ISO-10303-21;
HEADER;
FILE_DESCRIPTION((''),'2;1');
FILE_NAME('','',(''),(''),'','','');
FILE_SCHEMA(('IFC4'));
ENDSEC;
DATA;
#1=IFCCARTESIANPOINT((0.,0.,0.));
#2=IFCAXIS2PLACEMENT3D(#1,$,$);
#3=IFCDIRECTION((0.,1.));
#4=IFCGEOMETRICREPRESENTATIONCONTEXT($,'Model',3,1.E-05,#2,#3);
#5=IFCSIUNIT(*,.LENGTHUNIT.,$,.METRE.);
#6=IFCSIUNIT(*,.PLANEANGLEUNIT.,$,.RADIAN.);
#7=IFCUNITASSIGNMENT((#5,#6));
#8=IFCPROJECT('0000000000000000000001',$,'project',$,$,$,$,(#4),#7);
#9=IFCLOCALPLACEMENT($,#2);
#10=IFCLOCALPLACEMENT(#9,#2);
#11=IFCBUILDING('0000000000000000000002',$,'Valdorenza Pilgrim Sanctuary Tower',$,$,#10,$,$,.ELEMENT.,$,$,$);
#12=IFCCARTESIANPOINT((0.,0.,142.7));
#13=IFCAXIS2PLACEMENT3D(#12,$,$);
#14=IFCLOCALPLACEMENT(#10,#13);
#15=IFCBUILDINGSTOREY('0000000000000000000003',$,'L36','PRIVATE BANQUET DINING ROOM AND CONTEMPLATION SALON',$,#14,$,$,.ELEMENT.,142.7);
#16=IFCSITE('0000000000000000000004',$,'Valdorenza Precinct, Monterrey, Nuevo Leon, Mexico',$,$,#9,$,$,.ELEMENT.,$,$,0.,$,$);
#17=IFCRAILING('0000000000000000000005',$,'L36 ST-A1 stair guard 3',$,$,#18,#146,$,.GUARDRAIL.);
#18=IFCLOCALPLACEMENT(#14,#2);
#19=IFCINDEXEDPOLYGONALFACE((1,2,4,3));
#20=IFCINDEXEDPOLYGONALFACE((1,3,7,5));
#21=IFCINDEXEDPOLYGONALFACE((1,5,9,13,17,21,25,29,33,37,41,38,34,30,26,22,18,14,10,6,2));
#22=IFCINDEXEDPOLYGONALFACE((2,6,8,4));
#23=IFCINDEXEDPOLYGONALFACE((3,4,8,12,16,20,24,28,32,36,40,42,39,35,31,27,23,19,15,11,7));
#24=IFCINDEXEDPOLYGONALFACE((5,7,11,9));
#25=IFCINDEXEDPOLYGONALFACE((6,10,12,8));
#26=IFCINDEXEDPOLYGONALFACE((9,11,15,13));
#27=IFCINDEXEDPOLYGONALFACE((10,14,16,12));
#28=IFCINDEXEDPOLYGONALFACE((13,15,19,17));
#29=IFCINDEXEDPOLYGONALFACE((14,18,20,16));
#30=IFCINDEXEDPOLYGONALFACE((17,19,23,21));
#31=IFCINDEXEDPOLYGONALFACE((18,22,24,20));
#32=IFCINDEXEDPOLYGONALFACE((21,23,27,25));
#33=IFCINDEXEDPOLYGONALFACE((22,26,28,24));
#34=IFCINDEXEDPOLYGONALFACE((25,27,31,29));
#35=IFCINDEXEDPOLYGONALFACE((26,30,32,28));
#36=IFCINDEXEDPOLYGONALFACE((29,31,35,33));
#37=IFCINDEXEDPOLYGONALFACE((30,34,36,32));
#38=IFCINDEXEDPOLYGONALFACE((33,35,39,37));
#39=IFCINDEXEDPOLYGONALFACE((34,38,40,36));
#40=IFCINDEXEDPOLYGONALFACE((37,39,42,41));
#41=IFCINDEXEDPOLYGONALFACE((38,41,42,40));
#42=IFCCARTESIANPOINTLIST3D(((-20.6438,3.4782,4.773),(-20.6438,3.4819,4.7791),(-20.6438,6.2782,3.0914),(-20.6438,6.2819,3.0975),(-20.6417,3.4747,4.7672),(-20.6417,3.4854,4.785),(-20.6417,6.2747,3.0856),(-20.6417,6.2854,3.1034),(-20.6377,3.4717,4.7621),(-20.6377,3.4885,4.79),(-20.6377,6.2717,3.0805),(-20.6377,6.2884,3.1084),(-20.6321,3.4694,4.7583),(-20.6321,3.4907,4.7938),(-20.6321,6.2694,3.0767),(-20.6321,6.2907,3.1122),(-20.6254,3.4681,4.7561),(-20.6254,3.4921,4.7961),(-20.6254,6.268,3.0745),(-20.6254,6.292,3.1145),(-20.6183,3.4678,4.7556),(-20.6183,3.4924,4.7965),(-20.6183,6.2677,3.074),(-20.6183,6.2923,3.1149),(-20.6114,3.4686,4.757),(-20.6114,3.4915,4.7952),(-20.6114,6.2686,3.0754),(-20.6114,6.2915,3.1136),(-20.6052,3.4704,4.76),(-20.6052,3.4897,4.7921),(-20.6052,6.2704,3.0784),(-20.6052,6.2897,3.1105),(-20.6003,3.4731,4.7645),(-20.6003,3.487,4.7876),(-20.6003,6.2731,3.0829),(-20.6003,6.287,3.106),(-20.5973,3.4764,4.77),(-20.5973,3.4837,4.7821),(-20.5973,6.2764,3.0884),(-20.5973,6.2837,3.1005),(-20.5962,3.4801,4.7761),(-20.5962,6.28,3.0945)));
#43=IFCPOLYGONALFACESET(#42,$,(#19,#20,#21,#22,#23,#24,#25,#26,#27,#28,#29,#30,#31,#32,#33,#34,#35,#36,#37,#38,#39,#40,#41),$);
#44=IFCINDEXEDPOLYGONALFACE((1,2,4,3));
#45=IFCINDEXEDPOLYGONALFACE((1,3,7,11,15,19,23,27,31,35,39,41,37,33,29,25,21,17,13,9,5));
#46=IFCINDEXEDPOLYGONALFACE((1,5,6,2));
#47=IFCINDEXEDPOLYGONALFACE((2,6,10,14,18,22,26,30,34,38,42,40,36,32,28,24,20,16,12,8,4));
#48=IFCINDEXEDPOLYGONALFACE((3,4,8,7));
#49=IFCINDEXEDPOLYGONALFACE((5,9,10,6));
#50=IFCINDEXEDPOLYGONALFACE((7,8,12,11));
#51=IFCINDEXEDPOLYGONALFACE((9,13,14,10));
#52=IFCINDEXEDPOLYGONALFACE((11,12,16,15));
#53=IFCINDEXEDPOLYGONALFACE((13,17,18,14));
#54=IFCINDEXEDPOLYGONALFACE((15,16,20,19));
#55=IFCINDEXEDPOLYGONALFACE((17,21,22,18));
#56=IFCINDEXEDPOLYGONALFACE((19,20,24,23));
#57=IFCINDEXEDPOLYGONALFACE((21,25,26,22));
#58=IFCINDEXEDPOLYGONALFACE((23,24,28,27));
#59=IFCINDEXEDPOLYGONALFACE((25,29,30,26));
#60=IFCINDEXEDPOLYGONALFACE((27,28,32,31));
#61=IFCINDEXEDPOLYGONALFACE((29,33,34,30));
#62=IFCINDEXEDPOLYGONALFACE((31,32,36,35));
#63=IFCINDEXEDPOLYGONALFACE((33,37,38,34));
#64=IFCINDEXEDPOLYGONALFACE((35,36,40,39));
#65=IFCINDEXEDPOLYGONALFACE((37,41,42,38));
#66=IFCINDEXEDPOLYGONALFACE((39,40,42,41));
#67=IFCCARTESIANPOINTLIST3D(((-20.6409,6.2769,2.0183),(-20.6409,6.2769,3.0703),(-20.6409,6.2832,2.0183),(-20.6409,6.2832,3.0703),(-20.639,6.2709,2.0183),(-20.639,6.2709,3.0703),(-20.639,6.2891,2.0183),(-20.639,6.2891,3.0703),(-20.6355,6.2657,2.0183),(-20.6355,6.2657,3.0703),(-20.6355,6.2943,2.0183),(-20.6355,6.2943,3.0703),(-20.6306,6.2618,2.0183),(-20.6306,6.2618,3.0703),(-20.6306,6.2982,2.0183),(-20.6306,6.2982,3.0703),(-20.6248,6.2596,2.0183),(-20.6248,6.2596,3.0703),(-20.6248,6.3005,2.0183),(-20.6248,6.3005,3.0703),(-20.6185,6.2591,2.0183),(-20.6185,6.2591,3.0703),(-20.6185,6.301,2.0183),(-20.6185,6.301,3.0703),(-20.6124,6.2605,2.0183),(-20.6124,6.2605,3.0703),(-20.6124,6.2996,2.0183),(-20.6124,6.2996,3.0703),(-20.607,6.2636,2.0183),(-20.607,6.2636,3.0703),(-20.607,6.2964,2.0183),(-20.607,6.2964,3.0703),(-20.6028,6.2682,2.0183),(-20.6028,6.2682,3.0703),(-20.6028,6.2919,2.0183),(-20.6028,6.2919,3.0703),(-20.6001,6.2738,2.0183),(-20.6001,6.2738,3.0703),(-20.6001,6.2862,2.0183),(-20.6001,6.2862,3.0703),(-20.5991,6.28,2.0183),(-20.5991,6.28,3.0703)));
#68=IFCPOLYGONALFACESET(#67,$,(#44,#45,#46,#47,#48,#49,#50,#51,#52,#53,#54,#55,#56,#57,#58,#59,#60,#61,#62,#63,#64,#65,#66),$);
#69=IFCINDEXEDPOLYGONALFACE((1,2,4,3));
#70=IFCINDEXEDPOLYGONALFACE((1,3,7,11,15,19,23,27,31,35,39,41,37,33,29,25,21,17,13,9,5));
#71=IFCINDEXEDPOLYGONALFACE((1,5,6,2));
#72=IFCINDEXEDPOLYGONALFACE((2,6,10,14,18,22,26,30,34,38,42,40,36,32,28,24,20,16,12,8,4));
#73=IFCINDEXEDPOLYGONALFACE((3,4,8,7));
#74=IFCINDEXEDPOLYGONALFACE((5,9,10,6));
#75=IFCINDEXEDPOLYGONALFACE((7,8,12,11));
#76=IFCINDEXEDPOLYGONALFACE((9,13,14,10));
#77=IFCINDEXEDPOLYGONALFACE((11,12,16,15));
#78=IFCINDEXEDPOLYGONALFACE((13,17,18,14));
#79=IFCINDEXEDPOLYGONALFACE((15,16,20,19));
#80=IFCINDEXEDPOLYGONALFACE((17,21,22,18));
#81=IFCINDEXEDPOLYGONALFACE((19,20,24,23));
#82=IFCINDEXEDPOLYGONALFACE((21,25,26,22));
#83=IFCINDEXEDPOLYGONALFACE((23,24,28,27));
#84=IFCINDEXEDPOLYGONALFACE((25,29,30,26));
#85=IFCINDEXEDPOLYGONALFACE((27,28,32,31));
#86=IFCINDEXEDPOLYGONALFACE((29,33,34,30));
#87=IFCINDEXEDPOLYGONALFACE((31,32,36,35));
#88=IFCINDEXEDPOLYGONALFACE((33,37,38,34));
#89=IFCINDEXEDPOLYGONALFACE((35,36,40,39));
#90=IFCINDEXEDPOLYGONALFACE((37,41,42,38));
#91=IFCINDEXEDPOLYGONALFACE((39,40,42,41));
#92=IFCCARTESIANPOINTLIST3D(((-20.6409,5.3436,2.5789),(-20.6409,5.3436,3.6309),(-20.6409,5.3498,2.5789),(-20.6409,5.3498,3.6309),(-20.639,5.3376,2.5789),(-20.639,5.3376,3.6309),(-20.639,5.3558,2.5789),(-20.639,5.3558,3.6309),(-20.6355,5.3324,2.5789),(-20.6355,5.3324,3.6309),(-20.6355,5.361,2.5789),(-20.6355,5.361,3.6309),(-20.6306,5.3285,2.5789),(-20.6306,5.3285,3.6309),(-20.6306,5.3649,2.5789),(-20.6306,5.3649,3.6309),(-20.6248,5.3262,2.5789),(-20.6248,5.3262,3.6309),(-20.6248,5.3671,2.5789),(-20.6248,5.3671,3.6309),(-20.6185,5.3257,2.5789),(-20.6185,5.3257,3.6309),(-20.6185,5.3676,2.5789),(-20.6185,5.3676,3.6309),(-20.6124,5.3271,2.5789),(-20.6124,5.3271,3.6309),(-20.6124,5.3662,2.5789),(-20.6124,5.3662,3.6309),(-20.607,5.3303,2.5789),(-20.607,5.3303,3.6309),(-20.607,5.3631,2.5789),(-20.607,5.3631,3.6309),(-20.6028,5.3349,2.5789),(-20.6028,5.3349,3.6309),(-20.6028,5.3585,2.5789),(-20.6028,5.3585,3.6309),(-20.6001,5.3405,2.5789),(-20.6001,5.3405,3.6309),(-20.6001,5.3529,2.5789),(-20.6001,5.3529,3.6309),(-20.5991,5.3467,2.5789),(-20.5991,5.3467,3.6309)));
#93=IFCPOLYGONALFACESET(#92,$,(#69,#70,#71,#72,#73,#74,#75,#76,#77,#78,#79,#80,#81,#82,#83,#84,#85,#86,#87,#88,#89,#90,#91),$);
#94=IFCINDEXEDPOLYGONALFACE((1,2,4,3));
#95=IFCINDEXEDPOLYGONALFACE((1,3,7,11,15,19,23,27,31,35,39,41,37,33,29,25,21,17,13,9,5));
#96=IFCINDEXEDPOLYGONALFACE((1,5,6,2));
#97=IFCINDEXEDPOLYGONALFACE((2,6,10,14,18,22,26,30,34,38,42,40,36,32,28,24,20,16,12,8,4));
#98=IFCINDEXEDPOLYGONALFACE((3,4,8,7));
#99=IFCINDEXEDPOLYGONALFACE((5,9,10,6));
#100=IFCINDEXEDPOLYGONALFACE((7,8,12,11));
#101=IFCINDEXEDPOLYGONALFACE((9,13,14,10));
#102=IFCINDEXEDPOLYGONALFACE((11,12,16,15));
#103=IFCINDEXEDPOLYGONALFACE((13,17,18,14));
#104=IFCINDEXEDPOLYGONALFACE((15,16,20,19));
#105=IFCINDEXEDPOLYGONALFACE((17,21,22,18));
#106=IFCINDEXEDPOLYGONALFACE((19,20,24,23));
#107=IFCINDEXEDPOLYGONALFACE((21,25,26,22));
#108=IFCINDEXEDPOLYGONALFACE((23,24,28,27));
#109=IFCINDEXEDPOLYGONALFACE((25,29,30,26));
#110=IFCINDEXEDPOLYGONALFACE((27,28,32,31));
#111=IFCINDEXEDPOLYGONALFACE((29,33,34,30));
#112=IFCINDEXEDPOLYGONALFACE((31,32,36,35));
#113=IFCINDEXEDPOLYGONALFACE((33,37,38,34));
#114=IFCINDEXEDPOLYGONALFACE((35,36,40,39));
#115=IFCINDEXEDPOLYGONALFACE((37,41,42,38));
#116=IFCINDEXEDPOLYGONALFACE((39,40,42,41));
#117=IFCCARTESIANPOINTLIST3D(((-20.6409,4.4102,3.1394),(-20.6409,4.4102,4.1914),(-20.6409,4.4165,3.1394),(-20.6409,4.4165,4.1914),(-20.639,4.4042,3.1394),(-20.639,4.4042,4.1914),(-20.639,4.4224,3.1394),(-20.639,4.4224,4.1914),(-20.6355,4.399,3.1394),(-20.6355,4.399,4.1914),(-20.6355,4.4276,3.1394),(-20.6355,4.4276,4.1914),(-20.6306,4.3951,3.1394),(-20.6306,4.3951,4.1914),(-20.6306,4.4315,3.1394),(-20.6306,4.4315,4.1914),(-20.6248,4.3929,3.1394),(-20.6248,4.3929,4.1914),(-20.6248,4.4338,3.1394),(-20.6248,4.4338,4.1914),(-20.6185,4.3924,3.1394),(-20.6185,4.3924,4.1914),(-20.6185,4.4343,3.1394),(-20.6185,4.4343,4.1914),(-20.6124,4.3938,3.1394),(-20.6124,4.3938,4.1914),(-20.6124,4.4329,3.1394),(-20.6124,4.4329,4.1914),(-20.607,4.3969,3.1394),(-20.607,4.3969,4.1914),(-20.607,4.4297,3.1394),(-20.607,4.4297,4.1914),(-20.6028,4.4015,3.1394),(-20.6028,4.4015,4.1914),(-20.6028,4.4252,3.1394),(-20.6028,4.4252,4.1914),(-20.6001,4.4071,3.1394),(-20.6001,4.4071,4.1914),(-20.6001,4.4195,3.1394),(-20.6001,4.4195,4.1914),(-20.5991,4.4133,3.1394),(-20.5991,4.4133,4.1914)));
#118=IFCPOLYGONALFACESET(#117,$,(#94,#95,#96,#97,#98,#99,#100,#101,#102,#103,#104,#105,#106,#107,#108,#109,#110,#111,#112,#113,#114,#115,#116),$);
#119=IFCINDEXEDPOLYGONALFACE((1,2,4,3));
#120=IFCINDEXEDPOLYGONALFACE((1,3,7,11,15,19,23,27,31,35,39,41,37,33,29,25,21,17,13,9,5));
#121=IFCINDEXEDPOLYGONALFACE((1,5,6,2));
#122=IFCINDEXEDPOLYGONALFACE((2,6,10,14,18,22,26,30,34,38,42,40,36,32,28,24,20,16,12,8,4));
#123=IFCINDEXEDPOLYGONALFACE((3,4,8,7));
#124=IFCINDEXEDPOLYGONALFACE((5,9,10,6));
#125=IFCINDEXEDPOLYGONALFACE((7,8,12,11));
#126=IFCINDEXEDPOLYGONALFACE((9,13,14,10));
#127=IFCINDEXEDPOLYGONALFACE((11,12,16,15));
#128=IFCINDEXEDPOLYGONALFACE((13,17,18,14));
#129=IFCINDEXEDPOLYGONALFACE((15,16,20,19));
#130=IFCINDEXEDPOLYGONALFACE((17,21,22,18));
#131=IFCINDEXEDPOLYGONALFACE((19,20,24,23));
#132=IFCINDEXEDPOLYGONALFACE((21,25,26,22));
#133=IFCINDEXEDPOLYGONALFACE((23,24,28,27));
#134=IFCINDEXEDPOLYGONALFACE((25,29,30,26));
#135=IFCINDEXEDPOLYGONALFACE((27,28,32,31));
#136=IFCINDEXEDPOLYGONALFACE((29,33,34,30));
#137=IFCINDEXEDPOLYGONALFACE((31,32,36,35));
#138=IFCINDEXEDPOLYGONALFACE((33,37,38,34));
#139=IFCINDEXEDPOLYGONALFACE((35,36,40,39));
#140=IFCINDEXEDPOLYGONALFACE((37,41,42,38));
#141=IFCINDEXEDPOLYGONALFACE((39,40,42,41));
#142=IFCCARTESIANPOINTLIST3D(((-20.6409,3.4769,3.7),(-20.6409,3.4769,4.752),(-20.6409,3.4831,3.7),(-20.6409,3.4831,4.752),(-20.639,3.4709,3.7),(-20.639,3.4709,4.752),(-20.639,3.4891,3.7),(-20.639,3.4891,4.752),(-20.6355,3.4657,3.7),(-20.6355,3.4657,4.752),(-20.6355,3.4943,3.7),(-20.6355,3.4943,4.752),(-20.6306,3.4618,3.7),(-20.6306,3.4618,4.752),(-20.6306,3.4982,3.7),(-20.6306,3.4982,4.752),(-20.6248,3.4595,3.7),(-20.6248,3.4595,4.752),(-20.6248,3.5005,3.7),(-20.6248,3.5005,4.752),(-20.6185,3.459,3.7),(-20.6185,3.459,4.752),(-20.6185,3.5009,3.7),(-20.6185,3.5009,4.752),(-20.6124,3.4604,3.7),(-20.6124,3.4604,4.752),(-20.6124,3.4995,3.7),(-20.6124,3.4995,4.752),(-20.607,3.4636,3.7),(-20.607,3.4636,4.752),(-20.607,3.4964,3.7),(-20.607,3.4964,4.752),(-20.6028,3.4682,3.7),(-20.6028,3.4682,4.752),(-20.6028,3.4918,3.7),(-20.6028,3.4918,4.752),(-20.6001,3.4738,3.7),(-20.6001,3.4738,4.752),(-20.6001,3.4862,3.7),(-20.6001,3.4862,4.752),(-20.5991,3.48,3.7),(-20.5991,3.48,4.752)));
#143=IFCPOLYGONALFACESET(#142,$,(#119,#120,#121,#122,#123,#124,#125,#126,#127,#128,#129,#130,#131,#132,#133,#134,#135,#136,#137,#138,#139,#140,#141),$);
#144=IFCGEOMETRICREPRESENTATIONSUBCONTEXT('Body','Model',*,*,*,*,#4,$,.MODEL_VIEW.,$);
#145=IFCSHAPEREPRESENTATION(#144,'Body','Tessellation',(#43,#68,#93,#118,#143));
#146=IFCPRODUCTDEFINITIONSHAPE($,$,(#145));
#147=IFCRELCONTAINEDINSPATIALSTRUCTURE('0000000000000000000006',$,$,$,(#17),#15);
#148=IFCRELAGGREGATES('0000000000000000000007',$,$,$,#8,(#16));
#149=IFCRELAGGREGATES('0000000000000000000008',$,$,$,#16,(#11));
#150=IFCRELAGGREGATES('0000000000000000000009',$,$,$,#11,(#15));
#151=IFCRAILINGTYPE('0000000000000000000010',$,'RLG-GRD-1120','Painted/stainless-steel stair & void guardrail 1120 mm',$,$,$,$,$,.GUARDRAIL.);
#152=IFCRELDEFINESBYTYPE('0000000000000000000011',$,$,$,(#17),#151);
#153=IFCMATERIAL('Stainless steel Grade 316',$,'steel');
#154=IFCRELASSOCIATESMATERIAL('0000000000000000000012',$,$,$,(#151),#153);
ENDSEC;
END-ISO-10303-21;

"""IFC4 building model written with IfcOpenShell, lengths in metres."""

from ifc_helpers import new_model, si_unit, direction, frame, origin, origin_2d, place, context, subcontext, project, spatial, circle, extrude, material, type_object, element, save


model = new_model("IFC4")

# Units and contexts
model_context = context("Model", 3, precision=1e-05, world=origin(), true_north=direction((0.0, 1.0)))
body_context = subcontext(model_context, "Body", "Model", "MODEL_VIEW")
ifc_project = project(units=[si_unit("LENGTHUNIT", "METRE"), si_unit("PLANEANGLEUNIT", "RADIAN")], contexts=[model_context])

# Site, building, storey
site_placement = place(None, origin())
site = spatial("IfcSite", under=ifc_project, at=site_placement, Name="Valdorenza Precinct, Monterrey, Nuevo Leon, Mexico", CompositionType="ELEMENT", RefElevation=0.0)
building_placement = place(site_placement, origin())
building = spatial("IfcBuilding", under=site, at=building_placement, Name="Valdorenza Pilgrim Sanctuary Tower", CompositionType="ELEMENT")
storey_placement = place(building_placement, frame((0.0, 0.0, 142.7)))
storey = spatial("IfcBuildingStorey", under=building, at=storey_placement, Name="L36", Description="PRIVATE BANQUET DINING ROOM AND CONTEMPLATION SALON", CompositionType="ELEMENT", Elevation=142.7)

# Railing
ifc_material_1 = material(Name="Stainless steel Grade 316", Category="steel")
railing_type_1 = type_object("IfcRailingType", Name="RLG-GRD-1120", Description="Painted/stainless-steel stair & void guardrail 1120 mm", PredefinedType="GUARDRAIL", material=ifc_material_1)
railing_1_placement = place(storey_placement, frame((-20.6201, 6.28, 2.0183)))
element("IfcRailing", 1, at=railing_1_placement, inside=storey, type_object=railing_type_1, Name="L36 ST-A1 stair guard 3", PredefinedType="GUARDRAIL", context=body_context, shape_type="SweptSolid", body=[
    extrude(circle(Radius=0.0239, at=origin_2d()), frame((0.0, 0.0, 1.0762), z_axis=(0.0, -0.857275, 0.514858), x_axis=(1.0, 0.0, 0.0)), (0.0, 0.0, 1.0), 3.2661),
    extrude(circle(Radius=0.021, at=origin_2d()), origin(), (0.0, 0.0, 1.0), 1.052),
    extrude(circle(Radius=0.021, at=origin_2d()), frame((0.0, -0.9333, 0.5605)), (0.0, 0.0, 1.0), 1.052),
    extrude(circle(Radius=0.021, at=origin_2d()), frame((0.0, -1.8667, 1.1211)), (0.0, 0.0, 1.0), 1.052),
    extrude(circle(Radius=0.021, at=origin_2d()), frame((0.0, -2.8, 1.6816)), (0.0, 0.0, 1.0), 1.052),
])

save(model, "model.ifc")
